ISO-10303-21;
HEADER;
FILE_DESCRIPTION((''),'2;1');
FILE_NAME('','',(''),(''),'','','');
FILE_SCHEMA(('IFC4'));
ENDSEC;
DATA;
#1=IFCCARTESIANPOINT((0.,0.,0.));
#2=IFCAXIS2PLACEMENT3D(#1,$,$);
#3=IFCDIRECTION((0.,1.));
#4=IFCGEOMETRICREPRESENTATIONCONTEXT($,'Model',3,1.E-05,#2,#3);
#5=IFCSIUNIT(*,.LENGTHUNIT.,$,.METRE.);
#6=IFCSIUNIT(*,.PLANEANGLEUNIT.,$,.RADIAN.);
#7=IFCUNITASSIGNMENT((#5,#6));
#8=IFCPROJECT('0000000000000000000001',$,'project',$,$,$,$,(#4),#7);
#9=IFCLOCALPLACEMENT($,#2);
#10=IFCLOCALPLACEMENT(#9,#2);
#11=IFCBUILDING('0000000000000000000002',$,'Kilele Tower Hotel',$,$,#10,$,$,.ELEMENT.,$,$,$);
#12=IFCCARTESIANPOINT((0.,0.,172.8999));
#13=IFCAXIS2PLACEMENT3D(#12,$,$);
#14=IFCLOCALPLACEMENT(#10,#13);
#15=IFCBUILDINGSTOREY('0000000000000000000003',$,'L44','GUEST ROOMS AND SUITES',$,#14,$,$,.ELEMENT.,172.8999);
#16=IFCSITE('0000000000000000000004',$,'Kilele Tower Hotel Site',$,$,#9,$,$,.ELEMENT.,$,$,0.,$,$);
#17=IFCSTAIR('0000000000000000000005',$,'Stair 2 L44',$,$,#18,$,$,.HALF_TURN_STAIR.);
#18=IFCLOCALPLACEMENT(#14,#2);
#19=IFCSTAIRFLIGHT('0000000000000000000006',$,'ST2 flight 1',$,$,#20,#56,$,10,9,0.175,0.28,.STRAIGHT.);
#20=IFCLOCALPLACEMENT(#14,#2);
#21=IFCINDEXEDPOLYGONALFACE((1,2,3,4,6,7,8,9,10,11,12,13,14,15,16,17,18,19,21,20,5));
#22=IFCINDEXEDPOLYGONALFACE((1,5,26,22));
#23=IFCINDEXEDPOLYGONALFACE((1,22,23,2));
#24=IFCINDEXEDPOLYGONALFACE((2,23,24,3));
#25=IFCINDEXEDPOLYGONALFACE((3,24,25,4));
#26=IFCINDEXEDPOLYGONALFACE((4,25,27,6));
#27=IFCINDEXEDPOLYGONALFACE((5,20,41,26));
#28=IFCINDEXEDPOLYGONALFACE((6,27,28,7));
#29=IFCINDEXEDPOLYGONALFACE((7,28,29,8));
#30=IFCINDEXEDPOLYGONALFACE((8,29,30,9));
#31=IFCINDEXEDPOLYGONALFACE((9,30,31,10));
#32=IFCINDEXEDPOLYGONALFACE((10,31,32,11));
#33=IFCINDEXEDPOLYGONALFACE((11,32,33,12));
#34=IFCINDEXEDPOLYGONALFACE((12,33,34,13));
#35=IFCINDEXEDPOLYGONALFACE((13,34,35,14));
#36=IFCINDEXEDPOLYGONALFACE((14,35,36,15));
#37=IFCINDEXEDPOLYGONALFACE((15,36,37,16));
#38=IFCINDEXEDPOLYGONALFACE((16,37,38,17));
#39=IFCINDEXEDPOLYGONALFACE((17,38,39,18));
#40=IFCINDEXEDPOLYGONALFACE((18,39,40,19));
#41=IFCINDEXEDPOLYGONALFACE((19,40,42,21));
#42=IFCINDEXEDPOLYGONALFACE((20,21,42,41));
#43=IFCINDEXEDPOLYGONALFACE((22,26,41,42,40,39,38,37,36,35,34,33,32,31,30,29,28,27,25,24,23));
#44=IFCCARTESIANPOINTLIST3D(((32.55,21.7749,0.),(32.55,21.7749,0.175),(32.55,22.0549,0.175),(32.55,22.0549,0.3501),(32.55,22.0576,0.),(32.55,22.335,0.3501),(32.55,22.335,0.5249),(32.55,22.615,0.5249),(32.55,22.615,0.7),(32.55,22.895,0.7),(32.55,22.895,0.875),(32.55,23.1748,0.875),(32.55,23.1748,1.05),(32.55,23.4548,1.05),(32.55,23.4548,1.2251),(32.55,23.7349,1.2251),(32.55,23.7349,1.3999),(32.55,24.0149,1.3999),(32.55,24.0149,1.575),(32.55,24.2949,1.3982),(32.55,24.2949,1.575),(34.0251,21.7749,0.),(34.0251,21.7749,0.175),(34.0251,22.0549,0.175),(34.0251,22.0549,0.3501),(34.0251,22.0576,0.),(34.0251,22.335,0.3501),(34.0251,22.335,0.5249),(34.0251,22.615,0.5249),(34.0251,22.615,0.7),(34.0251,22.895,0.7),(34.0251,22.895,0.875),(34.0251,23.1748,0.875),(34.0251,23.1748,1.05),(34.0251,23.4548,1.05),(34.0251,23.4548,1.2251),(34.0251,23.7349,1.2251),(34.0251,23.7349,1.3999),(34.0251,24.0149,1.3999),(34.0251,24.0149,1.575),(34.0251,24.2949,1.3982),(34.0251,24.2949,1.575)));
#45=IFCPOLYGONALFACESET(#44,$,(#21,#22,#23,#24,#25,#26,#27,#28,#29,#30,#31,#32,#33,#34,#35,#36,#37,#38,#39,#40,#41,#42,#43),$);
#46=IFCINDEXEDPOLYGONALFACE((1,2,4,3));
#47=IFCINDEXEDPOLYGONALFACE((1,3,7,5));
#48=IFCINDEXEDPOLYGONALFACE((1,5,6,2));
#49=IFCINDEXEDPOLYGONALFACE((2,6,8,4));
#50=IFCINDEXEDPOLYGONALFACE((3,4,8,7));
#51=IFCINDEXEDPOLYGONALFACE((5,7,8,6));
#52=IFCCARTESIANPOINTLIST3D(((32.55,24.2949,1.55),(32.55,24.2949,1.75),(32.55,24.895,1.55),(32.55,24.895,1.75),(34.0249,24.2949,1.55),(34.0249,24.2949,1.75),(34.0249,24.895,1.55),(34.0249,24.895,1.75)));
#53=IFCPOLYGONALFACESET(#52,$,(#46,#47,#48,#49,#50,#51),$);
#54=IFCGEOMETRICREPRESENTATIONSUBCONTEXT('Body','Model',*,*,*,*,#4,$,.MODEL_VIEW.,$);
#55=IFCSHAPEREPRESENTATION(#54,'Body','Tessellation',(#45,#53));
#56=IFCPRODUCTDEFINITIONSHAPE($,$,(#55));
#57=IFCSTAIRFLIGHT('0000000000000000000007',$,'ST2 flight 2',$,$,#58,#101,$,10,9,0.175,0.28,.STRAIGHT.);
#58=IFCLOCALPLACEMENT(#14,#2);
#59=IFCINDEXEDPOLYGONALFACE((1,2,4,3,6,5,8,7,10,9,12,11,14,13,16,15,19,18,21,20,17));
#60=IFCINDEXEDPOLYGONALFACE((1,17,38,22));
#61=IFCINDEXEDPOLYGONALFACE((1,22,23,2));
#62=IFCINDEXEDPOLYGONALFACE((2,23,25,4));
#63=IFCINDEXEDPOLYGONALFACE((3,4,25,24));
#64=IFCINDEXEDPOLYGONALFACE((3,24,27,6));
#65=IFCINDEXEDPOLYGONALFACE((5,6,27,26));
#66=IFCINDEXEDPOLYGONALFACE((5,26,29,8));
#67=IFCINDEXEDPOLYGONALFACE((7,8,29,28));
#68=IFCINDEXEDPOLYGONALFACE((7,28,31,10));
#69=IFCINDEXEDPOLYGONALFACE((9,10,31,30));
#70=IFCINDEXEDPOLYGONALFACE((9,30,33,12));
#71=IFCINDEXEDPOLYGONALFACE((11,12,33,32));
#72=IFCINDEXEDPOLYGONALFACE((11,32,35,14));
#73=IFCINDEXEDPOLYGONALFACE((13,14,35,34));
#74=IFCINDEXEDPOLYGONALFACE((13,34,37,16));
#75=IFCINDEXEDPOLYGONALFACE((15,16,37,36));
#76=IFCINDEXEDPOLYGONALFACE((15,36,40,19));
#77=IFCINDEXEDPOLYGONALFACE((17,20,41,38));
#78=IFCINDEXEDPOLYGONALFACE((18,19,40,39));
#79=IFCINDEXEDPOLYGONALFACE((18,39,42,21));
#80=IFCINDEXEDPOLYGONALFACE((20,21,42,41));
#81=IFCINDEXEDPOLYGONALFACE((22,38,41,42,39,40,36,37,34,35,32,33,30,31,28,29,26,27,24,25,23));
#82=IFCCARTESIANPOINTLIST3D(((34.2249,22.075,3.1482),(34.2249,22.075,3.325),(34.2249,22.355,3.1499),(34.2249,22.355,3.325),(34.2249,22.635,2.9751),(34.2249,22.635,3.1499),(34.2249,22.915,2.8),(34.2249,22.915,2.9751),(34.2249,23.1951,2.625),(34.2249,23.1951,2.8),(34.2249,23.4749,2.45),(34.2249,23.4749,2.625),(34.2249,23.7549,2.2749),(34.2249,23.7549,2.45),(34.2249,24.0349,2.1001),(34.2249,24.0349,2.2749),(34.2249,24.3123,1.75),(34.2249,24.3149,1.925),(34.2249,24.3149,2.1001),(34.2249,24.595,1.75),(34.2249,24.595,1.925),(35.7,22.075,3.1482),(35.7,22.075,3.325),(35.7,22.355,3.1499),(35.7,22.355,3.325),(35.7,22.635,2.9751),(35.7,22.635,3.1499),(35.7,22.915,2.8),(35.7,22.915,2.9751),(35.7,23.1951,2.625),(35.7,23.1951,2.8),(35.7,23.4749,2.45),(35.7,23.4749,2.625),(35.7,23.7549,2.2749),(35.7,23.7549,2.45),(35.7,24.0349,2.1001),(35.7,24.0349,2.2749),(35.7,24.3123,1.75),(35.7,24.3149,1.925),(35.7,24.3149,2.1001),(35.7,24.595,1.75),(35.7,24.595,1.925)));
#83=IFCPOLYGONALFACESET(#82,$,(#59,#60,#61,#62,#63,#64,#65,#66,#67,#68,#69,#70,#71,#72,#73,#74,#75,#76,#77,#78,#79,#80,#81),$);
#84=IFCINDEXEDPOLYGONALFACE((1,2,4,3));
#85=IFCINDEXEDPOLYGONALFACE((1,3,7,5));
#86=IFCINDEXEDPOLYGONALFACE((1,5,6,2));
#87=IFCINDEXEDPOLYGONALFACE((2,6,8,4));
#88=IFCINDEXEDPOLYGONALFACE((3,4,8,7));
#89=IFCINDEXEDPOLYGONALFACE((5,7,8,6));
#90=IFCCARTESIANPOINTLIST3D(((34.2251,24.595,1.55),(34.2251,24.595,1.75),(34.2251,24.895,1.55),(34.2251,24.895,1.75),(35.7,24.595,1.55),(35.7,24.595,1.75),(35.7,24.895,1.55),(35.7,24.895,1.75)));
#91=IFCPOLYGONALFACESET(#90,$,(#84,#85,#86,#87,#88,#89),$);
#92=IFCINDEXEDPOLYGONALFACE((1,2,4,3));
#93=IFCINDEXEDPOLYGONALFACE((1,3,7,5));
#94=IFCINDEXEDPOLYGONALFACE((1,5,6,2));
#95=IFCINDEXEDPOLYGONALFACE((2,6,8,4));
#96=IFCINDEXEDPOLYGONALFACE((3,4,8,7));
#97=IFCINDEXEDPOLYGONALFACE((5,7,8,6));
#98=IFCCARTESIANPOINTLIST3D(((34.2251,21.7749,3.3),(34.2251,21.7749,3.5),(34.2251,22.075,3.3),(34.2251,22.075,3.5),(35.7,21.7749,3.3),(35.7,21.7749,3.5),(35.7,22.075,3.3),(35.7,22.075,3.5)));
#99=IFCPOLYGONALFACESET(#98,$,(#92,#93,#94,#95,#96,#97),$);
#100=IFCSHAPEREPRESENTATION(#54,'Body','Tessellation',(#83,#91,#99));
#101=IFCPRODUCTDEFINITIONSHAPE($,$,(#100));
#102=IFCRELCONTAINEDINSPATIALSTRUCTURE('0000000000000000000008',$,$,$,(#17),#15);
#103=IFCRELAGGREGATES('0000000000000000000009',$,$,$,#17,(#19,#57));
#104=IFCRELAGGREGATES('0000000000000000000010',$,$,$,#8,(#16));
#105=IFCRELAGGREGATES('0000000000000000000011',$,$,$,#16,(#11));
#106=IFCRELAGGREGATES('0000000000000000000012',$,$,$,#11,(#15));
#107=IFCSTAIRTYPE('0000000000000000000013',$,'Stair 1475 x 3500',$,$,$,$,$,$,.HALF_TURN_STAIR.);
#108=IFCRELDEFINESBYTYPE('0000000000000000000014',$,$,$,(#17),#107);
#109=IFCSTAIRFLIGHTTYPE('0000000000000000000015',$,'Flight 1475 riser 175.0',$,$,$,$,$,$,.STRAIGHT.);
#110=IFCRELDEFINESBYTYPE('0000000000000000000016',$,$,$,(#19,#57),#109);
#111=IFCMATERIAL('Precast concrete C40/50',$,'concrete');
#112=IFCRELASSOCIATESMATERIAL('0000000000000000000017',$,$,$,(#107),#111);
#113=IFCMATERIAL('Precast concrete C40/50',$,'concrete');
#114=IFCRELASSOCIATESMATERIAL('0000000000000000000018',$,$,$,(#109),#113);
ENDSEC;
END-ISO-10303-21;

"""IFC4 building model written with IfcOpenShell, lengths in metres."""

from ifc_helpers import new_model, si_unit, direction, frame, origin, place, context, subcontext, project, spatial, polyline, outline, extrude, material, type_object, element, aggregate, save


model = new_model("IFC4")

# Units and contexts
model_context = context("Model", 3, precision=1e-05, world=origin(), true_north=direction((0.0, 1.0)))
body_context = subcontext(model_context, "Body", "Model", "MODEL_VIEW")
ifc_project = project(units=[si_unit("LENGTHUNIT", "METRE"), si_unit("PLANEANGLEUNIT", "RADIAN")], contexts=[model_context])

# Site, building, storey
site_placement = place(None, origin())
site = spatial("IfcSite", under=ifc_project, at=site_placement, Name="Kilele Tower Hotel Site", CompositionType="ELEMENT", RefElevation=0.0)
building_placement = place(site_placement, origin())
building = spatial("IfcBuilding", under=site, at=building_placement, Name="Kilele Tower Hotel", CompositionType="ELEMENT")
storey_placement = place(building_placement, frame((0.0, 0.0, 172.8999)))
storey = spatial("IfcBuildingStorey", under=building, at=storey_placement, Name="L44", Description="GUEST ROOMS AND SUITES", CompositionType="ELEMENT", Elevation=172.8999)

# Stair, stair flights
ifc_material_1 = material(Name="Precast concrete C40/50", Category="concrete")
stair_type = type_object("IfcStairType", Name="Stair 1475 x 3500", PredefinedType="HALF_TURN_STAIR", material=ifc_material_1)
stair_placement = place(storey_placement, origin())
stair = element("IfcStair", 1, at=stair_placement, inside=storey, type_object=stair_type, Name="Stair 2 L44", PredefinedType="HALF_TURN_STAIR")
ifc_material_2 = material(Name="Precast concrete C40/50", Category="concrete")
stair_flight_type = type_object("IfcStairFlightType", Name="Flight 1475 riser 175.0", PredefinedType="STRAIGHT", material=ifc_material_2)
stair_flight_1_placement = place(storey_placement, frame((33.2876, 21.7749, 0.0), z_axis=(0.0, 0.0, 1.0), x_axis=(0.0, 1.0, 0.0)))
stair_flight_1 = element("IfcStairFlight", 2, at=stair_flight_1_placement, type_object=stair_flight_type, Name="ST2 flight 1", NumberOfRisers=10, NumberOfTreads=9, PredefinedType="STRAIGHT", RiserHeight=0.175, TreadLength=0.28, context=body_context, shape_type="SweptSolid", body=[
    extrude(outline(polyline([(0.0, 0.0), (0.0, 0.175), (0.28, 0.175), (0.28, 0.3501), (0.5601, 0.3501), (0.5601, 0.5249), (0.8401, 0.5249), (0.8401, 0.7), (1.1201, 0.7), (1.1201, 0.875), (1.3999, 0.875), (1.3999, 1.05), (1.6799, 1.05), (1.6799, 1.2251), (1.96, 1.2251), (1.96, 1.3999), (2.24, 1.3999), (2.24, 1.575), (2.52, 1.575), (2.52, 1.75), (2.52, 1.3982), (0.2827, 0.0), (0.0, 0.0)])), frame((0.0, 0.7375, 0.0), z_axis=(0.0, -1.0, 0.0), x_axis=(1.0, 0.0, 0.0)), (0.0, 0.0, 1.0), 1.4751),
    extrude(outline(polyline([(2.52, 0.7375), (2.52, -0.7373), (3.1201, -0.7373), (3.1201, 0.7375), (2.52, 0.7375)])), frame((0.0, 0.0, 1.55)), (0.0, 0.0, 1.0), 0.2),
])
stair_flight_2_placement = place(storey_placement, frame((34.9624, 24.595, 1.75), z_axis=(0.0, 0.0, 1.0), x_axis=(0.0, -1.0, 0.0)))
stair_flight_2 = element("IfcStairFlight", 3, at=stair_flight_2_placement, type_object=stair_flight_type, Name="ST2 flight 2", NumberOfRisers=10, NumberOfTreads=9, PredefinedType="STRAIGHT", RiserHeight=0.175, TreadLength=0.28, context=body_context, shape_type="SweptSolid", body=[
    extrude(outline(polyline([(0.0, 0.0), (0.0, 0.175), (0.28, 0.175), (0.28, 0.3501), (0.5601, 0.3501), (0.5601, 0.5249), (0.8401, 0.5249), (0.8401, 0.7), (1.1201, 0.7), (1.1201, 0.875), (1.3999, 0.875), (1.3999, 1.05), (1.6799, 1.05), (1.6799, 1.2251), (1.96, 1.2251), (1.96, 1.3999), (2.24, 1.3999), (2.24, 1.575), (2.52, 1.575), (2.52, 1.75), (2.52, 1.3982), (0.2827, 0.0), (0.0, 0.0)])), frame((0.0, 0.7375, 0.0), z_axis=(0.0, -1.0, 0.0), x_axis=(1.0, 0.0, 0.0)), (0.0, 0.0, 1.0), 1.4751),
    extrude(outline(polyline([(0.0, -0.7373), (0.0, 0.7375), (-0.3, 0.7375), (-0.3, -0.7373), (0.0, -0.7373)])), frame((0.0, 0.0, -0.2)), (0.0, 0.0, 1.0), 0.2),
    extrude(outline(polyline([(2.8201, -0.7373), (2.8201, 0.7375), (2.52, 0.7375), (2.52, -0.7373), (2.8201, -0.7373)])), frame((0.0, 0.0, 1.55)), (0.0, 0.0, 1.0), 0.2),
])
aggregate(stair, [stair_flight_1, stair_flight_2])

save(model, "model.ifc")
